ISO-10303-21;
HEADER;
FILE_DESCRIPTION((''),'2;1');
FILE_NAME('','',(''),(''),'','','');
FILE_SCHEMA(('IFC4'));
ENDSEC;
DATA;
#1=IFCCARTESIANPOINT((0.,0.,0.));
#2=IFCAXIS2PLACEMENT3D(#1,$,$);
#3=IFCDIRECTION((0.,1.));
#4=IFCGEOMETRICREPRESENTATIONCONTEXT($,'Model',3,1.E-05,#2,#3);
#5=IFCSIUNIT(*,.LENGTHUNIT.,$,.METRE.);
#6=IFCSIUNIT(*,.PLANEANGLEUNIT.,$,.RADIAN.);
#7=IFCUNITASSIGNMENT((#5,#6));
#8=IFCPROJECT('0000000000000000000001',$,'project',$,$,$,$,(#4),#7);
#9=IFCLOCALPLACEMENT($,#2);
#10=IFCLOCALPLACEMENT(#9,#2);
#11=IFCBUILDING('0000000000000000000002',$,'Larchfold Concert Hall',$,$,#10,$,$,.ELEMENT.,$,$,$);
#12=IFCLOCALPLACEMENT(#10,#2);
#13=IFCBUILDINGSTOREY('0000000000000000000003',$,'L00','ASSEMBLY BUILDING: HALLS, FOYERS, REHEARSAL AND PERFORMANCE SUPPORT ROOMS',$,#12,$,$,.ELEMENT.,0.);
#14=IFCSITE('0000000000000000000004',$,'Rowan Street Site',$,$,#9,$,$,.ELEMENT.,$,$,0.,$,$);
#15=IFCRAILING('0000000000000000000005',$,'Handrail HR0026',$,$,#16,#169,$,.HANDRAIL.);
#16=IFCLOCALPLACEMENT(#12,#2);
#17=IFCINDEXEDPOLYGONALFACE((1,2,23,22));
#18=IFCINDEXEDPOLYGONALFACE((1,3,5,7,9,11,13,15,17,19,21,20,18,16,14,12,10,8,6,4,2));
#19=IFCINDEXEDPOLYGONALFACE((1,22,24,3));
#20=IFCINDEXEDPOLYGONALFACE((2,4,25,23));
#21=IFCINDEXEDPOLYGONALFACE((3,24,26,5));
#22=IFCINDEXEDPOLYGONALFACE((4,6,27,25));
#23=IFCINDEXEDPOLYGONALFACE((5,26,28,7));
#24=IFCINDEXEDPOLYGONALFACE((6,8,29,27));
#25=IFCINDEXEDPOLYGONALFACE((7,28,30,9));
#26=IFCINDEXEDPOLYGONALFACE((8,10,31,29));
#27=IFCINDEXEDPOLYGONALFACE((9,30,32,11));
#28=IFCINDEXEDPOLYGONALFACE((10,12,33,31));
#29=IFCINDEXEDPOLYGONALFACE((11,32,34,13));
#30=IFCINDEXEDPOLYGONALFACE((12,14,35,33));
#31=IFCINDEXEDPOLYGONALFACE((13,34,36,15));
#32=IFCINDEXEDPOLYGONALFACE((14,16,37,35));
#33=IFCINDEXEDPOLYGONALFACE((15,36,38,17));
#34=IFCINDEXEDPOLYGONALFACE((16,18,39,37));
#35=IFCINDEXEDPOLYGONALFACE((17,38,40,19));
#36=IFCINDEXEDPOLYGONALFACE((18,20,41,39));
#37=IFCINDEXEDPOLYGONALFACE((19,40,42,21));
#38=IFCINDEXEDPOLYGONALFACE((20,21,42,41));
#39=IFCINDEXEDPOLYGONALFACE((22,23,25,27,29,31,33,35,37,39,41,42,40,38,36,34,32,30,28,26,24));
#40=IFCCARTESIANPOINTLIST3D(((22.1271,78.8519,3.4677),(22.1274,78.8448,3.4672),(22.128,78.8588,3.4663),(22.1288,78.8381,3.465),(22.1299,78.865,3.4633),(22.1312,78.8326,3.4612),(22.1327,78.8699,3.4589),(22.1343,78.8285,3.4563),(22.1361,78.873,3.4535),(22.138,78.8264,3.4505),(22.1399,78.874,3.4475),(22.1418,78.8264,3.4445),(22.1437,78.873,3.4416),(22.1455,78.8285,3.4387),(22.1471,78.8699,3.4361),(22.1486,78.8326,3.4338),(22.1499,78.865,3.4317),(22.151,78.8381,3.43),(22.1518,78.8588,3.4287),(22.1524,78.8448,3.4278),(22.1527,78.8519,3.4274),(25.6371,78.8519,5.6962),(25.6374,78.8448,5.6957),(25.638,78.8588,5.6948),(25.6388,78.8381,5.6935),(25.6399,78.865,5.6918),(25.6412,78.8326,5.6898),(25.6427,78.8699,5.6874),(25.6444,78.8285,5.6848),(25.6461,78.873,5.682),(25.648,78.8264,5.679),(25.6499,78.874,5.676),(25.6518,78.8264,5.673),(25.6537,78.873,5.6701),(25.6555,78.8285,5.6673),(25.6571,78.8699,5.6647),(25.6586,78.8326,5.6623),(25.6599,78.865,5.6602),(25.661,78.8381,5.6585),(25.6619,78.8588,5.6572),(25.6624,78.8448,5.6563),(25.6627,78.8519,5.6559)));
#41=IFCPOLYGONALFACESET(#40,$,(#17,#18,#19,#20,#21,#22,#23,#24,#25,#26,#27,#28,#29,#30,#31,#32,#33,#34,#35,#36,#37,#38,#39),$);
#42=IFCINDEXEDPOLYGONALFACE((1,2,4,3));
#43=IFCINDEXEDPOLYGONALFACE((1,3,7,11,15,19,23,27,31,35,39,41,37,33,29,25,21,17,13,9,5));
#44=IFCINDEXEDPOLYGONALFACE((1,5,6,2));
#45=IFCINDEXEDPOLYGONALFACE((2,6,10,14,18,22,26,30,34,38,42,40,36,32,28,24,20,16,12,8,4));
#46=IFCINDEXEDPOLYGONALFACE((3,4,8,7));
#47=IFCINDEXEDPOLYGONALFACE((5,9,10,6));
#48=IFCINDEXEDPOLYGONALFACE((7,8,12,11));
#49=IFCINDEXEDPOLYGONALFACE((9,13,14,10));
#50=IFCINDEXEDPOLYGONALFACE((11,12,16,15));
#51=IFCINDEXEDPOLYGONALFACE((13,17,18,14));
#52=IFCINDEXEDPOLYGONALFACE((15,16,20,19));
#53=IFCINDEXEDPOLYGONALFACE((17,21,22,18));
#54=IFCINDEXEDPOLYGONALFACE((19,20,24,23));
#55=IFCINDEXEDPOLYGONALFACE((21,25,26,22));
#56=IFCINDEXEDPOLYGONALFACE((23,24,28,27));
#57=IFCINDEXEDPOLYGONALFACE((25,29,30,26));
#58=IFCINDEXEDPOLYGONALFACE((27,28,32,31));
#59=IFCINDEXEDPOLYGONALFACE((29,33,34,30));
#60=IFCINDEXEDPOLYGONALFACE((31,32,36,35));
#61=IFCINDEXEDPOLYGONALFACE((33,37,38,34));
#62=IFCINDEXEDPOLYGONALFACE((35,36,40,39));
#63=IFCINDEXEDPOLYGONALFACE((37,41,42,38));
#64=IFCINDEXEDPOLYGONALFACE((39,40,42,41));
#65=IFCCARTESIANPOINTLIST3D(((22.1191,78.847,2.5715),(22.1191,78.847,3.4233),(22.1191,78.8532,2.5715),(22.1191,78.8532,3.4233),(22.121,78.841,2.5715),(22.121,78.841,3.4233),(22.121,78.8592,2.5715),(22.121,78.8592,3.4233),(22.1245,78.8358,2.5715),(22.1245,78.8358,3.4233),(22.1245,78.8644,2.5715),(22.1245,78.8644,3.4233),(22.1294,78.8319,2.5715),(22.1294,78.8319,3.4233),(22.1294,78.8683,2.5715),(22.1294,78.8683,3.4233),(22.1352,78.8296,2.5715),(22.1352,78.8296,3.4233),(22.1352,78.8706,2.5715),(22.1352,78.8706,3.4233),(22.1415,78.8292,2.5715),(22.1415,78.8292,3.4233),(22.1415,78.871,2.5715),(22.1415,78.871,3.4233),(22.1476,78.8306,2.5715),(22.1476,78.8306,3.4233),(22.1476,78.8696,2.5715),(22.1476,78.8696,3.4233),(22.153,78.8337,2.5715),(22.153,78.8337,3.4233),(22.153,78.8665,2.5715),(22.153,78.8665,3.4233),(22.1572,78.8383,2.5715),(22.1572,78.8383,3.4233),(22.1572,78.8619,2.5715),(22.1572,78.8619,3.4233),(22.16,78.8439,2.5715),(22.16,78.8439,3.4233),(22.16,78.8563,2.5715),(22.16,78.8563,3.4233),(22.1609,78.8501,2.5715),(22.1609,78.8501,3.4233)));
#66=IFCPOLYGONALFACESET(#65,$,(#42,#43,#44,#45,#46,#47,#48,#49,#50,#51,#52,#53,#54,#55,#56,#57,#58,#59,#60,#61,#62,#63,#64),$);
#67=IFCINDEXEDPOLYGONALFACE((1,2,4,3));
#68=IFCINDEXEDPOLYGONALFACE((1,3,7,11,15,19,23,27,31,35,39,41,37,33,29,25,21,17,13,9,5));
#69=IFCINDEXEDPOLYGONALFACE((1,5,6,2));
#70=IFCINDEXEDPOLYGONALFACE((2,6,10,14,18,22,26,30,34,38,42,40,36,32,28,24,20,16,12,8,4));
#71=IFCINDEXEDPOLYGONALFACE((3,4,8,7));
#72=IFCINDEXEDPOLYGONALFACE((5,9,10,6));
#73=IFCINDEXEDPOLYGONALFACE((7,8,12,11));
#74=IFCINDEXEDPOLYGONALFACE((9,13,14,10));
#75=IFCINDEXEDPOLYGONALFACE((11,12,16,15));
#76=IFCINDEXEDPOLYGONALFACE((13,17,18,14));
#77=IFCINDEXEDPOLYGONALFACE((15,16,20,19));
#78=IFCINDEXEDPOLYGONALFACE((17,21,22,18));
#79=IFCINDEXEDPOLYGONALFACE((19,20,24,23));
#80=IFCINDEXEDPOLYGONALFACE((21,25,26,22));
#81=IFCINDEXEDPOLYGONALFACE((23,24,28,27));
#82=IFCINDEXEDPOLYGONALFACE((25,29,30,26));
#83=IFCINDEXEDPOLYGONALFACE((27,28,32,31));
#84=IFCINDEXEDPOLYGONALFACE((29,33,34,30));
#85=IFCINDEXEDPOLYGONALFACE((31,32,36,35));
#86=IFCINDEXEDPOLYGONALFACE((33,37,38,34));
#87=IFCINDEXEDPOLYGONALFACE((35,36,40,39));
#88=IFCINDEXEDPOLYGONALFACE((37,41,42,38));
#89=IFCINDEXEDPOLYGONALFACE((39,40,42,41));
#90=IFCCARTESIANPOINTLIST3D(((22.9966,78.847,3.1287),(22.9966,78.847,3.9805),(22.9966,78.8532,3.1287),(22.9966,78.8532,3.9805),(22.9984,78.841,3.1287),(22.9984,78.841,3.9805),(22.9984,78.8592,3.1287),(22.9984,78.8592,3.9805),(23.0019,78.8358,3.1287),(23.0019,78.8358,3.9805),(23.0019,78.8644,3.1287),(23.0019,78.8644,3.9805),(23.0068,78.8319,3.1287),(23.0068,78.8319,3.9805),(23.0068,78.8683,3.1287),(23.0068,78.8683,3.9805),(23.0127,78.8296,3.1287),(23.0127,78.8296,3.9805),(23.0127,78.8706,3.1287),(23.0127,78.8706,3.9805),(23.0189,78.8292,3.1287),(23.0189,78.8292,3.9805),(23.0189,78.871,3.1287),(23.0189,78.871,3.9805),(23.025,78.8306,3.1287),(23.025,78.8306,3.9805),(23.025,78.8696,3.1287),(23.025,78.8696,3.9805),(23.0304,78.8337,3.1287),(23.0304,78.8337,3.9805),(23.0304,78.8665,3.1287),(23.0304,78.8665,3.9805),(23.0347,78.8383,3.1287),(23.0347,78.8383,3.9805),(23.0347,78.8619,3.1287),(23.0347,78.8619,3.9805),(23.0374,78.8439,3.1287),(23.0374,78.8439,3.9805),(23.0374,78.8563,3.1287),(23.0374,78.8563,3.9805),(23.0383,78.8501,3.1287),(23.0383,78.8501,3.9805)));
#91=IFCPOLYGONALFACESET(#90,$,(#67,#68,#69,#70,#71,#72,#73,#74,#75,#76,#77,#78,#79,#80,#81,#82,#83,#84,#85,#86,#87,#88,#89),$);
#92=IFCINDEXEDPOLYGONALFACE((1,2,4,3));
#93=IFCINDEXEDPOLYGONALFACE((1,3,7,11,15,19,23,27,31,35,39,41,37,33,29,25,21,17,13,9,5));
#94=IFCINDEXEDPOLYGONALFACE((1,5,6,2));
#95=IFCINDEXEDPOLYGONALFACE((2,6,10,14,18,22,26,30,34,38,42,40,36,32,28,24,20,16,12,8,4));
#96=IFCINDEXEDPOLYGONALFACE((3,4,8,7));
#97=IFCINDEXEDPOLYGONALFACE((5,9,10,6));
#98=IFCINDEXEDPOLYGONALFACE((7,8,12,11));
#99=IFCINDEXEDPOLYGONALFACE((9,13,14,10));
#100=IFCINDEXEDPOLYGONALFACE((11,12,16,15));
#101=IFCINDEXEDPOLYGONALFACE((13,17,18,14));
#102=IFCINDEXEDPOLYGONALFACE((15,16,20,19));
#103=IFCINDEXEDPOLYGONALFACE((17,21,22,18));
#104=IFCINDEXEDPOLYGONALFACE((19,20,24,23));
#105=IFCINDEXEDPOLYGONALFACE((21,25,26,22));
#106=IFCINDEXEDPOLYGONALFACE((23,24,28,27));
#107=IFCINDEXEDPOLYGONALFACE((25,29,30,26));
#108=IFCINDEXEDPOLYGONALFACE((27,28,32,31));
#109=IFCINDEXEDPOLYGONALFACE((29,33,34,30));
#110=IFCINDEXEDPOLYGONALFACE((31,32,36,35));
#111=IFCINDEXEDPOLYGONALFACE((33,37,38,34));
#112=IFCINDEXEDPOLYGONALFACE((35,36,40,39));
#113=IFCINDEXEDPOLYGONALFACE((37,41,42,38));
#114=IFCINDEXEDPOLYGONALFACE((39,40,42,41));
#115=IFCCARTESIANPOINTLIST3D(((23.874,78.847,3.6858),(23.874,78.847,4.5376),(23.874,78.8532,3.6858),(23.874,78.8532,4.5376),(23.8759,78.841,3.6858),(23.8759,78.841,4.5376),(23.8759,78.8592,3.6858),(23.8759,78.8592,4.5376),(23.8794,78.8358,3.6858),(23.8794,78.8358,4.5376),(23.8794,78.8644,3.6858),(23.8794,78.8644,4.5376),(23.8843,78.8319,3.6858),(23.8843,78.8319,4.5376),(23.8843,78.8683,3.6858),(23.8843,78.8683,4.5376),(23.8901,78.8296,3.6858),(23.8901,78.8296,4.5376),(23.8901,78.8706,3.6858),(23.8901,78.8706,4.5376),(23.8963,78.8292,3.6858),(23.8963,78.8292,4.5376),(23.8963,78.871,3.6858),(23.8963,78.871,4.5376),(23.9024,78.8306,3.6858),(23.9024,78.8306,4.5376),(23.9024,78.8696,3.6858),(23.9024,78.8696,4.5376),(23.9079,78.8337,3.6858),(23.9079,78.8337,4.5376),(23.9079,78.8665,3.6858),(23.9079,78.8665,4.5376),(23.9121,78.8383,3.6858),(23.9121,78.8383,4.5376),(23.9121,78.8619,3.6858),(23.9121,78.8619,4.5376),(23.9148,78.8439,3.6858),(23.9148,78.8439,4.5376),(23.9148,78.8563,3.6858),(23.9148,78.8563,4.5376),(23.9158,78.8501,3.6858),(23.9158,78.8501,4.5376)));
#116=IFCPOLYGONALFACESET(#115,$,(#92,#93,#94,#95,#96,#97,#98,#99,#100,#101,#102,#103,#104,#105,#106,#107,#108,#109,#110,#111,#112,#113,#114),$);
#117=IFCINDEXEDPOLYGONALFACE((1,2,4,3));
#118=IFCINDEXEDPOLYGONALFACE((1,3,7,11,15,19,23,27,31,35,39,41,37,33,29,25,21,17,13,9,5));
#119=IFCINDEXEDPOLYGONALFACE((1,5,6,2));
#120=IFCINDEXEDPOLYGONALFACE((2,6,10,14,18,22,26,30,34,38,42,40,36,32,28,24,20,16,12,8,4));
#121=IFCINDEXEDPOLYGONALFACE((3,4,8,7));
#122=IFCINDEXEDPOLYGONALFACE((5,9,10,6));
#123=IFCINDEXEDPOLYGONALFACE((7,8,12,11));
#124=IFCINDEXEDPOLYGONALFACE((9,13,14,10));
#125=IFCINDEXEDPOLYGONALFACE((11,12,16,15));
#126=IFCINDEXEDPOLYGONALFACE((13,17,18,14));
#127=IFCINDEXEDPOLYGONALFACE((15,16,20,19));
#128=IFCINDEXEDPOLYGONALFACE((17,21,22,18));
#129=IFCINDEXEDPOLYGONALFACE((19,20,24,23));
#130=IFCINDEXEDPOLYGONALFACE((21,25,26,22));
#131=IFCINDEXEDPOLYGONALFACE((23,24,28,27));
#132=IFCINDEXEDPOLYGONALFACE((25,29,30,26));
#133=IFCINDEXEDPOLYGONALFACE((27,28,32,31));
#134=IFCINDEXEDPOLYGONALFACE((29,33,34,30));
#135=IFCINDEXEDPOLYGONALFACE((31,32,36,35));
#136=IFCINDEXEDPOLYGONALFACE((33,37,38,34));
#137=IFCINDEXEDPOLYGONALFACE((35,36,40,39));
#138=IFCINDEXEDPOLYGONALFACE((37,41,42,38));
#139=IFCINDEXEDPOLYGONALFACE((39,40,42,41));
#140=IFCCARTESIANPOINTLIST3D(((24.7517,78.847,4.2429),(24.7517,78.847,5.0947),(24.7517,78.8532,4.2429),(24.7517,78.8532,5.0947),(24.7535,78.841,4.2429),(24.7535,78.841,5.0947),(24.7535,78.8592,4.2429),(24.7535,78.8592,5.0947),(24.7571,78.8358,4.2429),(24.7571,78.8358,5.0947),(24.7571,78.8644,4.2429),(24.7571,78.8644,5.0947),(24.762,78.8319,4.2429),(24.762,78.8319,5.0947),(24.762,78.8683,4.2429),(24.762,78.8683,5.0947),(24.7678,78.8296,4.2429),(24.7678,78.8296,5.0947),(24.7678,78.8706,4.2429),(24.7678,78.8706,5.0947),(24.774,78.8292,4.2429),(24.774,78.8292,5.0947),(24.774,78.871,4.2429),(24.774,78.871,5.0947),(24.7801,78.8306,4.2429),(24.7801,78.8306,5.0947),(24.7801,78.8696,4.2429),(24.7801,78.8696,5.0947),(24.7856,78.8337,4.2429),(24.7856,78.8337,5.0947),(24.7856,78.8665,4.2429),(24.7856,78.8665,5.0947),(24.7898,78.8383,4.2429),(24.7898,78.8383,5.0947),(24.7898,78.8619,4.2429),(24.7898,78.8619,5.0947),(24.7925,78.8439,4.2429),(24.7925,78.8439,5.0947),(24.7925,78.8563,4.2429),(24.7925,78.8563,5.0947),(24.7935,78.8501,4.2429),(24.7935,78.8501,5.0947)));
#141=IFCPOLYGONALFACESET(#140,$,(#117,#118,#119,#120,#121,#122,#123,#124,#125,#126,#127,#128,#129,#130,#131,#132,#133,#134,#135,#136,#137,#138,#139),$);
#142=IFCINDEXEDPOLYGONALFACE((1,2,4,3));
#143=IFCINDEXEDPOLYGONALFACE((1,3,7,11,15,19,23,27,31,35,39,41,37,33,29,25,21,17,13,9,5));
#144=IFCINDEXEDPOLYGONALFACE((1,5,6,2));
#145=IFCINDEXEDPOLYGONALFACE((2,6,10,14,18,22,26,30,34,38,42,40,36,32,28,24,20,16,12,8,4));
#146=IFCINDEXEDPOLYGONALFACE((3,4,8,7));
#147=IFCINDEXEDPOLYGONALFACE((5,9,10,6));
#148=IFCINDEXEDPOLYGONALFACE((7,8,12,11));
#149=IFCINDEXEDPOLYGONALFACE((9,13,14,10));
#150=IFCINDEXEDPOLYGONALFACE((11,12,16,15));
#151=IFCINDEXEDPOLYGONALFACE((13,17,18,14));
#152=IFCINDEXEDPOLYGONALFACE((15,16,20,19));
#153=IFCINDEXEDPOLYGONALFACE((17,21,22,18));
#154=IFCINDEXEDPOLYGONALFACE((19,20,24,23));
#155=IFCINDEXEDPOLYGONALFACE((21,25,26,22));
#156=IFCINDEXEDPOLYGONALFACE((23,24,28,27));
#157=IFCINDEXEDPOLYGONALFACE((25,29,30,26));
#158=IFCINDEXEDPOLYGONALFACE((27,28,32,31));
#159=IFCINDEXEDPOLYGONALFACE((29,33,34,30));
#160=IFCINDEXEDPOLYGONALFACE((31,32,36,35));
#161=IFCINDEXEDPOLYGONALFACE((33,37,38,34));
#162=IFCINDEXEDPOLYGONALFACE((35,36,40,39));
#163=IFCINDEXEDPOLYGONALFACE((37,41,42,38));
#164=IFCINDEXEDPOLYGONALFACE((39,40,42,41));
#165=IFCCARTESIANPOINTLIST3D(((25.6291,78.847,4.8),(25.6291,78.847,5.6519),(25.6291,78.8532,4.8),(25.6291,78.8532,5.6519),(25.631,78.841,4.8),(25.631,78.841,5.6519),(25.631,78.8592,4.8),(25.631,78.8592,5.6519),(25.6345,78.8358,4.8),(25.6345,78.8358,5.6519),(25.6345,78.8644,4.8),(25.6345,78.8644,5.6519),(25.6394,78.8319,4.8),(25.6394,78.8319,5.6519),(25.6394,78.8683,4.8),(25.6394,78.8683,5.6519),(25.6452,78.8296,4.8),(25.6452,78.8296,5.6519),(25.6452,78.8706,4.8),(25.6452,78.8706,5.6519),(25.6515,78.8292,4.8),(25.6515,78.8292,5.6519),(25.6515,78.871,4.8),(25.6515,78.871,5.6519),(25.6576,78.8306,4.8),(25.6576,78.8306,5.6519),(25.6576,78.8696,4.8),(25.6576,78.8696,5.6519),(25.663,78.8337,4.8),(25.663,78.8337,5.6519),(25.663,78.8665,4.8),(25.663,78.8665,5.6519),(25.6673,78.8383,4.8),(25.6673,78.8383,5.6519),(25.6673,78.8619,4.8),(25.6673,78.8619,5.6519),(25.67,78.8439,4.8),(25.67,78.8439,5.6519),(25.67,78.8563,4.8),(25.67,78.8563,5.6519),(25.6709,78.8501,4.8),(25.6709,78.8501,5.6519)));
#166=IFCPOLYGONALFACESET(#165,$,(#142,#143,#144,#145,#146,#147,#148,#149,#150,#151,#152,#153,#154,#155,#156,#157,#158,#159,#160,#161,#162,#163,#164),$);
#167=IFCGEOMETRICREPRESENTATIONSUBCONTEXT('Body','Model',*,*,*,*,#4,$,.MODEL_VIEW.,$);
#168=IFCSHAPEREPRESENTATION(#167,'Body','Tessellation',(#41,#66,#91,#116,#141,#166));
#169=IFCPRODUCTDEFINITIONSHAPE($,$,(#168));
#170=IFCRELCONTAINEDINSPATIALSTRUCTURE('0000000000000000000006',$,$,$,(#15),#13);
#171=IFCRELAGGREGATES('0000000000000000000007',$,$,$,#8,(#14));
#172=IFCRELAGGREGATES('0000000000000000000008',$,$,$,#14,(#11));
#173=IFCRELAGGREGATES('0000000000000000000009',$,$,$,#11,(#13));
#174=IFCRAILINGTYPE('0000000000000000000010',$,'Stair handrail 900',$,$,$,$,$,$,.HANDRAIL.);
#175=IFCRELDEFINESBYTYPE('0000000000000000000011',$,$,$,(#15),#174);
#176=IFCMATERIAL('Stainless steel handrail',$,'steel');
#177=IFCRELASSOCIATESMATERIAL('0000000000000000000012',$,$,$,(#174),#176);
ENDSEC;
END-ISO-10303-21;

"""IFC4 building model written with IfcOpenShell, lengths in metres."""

from ifc_helpers import new_model, si_unit, direction, frame, origin, origin_2d, place, context, subcontext, project, spatial, circle, extrude, material, type_object, element, save


model = new_model("IFC4")

# Units and contexts
model_context = context("Model", 3, precision=1e-05, world=origin(), true_north=direction((0.0, 1.0)))
body_context = subcontext(model_context, "Body", "Model", "MODEL_VIEW")
ifc_project = project(units=[si_unit("LENGTHUNIT", "METRE"), si_unit("PLANEANGLEUNIT", "RADIAN")], contexts=[model_context])

# Site, building, storey
site_placement = place(None, origin())
site = spatial("IfcSite", under=ifc_project, at=site_placement, Name="Rowan Street Site", CompositionType="ELEMENT", RefElevation=0.0)
building_placement = place(site_placement, origin())
building = spatial("IfcBuilding", under=site, at=building_placement, Name="Larchfold Concert Hall", CompositionType="ELEMENT")
storey_placement = place(building_placement, origin())
storey = spatial("IfcBuildingStorey", under=building, at=storey_placement, Name="L00", Description="ASSEMBLY BUILDING: HALLS, FOYERS, REHEARSAL AND PERFORMANCE SUPPORT ROOMS", CompositionType="ELEMENT", Elevation=0.0)

# Railing
ifc_material_1 = material(Name="Stainless steel handrail", Category="steel")
railing_type_1 = type_object("IfcRailingType", Name="Stair handrail 900", PredefinedType="HANDRAIL", material=ifc_material_1)
railing_1_placement = place(storey_placement, frame((22.1399, 78.8501, 2.5715)))
element("IfcRailing", 1, at=railing_1_placement, inside=storey, type_object=railing_type_1, Name="Handrail HR0026", PredefinedType="HANDRAIL", context=body_context, shape_type="SweptSolid", body=[
    extrude(circle(Radius=0.0239, at=origin_2d()), frame((0.0, 0.0, 0.876), z_axis=(0.84422, 0.0, 0.535998), x_axis=(0.0, 1.0, 0.0)), (0.0, 0.0, 1.0), 4.1577),
    extrude(circle(Radius=0.021, at=origin_2d()), origin(), (0.0, 0.0, 1.0), 0.8518),
    extrude(circle(Radius=0.021, at=origin_2d()), frame((0.8774, 0.0, 0.5571)), (0.0, 0.0, 1.0), 0.8518),
    extrude(circle(Radius=0.021, at=origin_2d()), frame((1.7549, 0.0, 1.1143)), (0.0, 0.0, 1.0), 0.8518),
    extrude(circle(Radius=0.021, at=origin_2d()), frame((2.6326, 0.0, 1.6714)), (0.0, 0.0, 1.0), 0.8518),
    extrude(circle(Radius=0.021, at=origin_2d()), frame((3.51, 0.0, 2.2285)), (0.0, 0.0, 1.0), 0.8518),
])

save(model, "model.ifc")
